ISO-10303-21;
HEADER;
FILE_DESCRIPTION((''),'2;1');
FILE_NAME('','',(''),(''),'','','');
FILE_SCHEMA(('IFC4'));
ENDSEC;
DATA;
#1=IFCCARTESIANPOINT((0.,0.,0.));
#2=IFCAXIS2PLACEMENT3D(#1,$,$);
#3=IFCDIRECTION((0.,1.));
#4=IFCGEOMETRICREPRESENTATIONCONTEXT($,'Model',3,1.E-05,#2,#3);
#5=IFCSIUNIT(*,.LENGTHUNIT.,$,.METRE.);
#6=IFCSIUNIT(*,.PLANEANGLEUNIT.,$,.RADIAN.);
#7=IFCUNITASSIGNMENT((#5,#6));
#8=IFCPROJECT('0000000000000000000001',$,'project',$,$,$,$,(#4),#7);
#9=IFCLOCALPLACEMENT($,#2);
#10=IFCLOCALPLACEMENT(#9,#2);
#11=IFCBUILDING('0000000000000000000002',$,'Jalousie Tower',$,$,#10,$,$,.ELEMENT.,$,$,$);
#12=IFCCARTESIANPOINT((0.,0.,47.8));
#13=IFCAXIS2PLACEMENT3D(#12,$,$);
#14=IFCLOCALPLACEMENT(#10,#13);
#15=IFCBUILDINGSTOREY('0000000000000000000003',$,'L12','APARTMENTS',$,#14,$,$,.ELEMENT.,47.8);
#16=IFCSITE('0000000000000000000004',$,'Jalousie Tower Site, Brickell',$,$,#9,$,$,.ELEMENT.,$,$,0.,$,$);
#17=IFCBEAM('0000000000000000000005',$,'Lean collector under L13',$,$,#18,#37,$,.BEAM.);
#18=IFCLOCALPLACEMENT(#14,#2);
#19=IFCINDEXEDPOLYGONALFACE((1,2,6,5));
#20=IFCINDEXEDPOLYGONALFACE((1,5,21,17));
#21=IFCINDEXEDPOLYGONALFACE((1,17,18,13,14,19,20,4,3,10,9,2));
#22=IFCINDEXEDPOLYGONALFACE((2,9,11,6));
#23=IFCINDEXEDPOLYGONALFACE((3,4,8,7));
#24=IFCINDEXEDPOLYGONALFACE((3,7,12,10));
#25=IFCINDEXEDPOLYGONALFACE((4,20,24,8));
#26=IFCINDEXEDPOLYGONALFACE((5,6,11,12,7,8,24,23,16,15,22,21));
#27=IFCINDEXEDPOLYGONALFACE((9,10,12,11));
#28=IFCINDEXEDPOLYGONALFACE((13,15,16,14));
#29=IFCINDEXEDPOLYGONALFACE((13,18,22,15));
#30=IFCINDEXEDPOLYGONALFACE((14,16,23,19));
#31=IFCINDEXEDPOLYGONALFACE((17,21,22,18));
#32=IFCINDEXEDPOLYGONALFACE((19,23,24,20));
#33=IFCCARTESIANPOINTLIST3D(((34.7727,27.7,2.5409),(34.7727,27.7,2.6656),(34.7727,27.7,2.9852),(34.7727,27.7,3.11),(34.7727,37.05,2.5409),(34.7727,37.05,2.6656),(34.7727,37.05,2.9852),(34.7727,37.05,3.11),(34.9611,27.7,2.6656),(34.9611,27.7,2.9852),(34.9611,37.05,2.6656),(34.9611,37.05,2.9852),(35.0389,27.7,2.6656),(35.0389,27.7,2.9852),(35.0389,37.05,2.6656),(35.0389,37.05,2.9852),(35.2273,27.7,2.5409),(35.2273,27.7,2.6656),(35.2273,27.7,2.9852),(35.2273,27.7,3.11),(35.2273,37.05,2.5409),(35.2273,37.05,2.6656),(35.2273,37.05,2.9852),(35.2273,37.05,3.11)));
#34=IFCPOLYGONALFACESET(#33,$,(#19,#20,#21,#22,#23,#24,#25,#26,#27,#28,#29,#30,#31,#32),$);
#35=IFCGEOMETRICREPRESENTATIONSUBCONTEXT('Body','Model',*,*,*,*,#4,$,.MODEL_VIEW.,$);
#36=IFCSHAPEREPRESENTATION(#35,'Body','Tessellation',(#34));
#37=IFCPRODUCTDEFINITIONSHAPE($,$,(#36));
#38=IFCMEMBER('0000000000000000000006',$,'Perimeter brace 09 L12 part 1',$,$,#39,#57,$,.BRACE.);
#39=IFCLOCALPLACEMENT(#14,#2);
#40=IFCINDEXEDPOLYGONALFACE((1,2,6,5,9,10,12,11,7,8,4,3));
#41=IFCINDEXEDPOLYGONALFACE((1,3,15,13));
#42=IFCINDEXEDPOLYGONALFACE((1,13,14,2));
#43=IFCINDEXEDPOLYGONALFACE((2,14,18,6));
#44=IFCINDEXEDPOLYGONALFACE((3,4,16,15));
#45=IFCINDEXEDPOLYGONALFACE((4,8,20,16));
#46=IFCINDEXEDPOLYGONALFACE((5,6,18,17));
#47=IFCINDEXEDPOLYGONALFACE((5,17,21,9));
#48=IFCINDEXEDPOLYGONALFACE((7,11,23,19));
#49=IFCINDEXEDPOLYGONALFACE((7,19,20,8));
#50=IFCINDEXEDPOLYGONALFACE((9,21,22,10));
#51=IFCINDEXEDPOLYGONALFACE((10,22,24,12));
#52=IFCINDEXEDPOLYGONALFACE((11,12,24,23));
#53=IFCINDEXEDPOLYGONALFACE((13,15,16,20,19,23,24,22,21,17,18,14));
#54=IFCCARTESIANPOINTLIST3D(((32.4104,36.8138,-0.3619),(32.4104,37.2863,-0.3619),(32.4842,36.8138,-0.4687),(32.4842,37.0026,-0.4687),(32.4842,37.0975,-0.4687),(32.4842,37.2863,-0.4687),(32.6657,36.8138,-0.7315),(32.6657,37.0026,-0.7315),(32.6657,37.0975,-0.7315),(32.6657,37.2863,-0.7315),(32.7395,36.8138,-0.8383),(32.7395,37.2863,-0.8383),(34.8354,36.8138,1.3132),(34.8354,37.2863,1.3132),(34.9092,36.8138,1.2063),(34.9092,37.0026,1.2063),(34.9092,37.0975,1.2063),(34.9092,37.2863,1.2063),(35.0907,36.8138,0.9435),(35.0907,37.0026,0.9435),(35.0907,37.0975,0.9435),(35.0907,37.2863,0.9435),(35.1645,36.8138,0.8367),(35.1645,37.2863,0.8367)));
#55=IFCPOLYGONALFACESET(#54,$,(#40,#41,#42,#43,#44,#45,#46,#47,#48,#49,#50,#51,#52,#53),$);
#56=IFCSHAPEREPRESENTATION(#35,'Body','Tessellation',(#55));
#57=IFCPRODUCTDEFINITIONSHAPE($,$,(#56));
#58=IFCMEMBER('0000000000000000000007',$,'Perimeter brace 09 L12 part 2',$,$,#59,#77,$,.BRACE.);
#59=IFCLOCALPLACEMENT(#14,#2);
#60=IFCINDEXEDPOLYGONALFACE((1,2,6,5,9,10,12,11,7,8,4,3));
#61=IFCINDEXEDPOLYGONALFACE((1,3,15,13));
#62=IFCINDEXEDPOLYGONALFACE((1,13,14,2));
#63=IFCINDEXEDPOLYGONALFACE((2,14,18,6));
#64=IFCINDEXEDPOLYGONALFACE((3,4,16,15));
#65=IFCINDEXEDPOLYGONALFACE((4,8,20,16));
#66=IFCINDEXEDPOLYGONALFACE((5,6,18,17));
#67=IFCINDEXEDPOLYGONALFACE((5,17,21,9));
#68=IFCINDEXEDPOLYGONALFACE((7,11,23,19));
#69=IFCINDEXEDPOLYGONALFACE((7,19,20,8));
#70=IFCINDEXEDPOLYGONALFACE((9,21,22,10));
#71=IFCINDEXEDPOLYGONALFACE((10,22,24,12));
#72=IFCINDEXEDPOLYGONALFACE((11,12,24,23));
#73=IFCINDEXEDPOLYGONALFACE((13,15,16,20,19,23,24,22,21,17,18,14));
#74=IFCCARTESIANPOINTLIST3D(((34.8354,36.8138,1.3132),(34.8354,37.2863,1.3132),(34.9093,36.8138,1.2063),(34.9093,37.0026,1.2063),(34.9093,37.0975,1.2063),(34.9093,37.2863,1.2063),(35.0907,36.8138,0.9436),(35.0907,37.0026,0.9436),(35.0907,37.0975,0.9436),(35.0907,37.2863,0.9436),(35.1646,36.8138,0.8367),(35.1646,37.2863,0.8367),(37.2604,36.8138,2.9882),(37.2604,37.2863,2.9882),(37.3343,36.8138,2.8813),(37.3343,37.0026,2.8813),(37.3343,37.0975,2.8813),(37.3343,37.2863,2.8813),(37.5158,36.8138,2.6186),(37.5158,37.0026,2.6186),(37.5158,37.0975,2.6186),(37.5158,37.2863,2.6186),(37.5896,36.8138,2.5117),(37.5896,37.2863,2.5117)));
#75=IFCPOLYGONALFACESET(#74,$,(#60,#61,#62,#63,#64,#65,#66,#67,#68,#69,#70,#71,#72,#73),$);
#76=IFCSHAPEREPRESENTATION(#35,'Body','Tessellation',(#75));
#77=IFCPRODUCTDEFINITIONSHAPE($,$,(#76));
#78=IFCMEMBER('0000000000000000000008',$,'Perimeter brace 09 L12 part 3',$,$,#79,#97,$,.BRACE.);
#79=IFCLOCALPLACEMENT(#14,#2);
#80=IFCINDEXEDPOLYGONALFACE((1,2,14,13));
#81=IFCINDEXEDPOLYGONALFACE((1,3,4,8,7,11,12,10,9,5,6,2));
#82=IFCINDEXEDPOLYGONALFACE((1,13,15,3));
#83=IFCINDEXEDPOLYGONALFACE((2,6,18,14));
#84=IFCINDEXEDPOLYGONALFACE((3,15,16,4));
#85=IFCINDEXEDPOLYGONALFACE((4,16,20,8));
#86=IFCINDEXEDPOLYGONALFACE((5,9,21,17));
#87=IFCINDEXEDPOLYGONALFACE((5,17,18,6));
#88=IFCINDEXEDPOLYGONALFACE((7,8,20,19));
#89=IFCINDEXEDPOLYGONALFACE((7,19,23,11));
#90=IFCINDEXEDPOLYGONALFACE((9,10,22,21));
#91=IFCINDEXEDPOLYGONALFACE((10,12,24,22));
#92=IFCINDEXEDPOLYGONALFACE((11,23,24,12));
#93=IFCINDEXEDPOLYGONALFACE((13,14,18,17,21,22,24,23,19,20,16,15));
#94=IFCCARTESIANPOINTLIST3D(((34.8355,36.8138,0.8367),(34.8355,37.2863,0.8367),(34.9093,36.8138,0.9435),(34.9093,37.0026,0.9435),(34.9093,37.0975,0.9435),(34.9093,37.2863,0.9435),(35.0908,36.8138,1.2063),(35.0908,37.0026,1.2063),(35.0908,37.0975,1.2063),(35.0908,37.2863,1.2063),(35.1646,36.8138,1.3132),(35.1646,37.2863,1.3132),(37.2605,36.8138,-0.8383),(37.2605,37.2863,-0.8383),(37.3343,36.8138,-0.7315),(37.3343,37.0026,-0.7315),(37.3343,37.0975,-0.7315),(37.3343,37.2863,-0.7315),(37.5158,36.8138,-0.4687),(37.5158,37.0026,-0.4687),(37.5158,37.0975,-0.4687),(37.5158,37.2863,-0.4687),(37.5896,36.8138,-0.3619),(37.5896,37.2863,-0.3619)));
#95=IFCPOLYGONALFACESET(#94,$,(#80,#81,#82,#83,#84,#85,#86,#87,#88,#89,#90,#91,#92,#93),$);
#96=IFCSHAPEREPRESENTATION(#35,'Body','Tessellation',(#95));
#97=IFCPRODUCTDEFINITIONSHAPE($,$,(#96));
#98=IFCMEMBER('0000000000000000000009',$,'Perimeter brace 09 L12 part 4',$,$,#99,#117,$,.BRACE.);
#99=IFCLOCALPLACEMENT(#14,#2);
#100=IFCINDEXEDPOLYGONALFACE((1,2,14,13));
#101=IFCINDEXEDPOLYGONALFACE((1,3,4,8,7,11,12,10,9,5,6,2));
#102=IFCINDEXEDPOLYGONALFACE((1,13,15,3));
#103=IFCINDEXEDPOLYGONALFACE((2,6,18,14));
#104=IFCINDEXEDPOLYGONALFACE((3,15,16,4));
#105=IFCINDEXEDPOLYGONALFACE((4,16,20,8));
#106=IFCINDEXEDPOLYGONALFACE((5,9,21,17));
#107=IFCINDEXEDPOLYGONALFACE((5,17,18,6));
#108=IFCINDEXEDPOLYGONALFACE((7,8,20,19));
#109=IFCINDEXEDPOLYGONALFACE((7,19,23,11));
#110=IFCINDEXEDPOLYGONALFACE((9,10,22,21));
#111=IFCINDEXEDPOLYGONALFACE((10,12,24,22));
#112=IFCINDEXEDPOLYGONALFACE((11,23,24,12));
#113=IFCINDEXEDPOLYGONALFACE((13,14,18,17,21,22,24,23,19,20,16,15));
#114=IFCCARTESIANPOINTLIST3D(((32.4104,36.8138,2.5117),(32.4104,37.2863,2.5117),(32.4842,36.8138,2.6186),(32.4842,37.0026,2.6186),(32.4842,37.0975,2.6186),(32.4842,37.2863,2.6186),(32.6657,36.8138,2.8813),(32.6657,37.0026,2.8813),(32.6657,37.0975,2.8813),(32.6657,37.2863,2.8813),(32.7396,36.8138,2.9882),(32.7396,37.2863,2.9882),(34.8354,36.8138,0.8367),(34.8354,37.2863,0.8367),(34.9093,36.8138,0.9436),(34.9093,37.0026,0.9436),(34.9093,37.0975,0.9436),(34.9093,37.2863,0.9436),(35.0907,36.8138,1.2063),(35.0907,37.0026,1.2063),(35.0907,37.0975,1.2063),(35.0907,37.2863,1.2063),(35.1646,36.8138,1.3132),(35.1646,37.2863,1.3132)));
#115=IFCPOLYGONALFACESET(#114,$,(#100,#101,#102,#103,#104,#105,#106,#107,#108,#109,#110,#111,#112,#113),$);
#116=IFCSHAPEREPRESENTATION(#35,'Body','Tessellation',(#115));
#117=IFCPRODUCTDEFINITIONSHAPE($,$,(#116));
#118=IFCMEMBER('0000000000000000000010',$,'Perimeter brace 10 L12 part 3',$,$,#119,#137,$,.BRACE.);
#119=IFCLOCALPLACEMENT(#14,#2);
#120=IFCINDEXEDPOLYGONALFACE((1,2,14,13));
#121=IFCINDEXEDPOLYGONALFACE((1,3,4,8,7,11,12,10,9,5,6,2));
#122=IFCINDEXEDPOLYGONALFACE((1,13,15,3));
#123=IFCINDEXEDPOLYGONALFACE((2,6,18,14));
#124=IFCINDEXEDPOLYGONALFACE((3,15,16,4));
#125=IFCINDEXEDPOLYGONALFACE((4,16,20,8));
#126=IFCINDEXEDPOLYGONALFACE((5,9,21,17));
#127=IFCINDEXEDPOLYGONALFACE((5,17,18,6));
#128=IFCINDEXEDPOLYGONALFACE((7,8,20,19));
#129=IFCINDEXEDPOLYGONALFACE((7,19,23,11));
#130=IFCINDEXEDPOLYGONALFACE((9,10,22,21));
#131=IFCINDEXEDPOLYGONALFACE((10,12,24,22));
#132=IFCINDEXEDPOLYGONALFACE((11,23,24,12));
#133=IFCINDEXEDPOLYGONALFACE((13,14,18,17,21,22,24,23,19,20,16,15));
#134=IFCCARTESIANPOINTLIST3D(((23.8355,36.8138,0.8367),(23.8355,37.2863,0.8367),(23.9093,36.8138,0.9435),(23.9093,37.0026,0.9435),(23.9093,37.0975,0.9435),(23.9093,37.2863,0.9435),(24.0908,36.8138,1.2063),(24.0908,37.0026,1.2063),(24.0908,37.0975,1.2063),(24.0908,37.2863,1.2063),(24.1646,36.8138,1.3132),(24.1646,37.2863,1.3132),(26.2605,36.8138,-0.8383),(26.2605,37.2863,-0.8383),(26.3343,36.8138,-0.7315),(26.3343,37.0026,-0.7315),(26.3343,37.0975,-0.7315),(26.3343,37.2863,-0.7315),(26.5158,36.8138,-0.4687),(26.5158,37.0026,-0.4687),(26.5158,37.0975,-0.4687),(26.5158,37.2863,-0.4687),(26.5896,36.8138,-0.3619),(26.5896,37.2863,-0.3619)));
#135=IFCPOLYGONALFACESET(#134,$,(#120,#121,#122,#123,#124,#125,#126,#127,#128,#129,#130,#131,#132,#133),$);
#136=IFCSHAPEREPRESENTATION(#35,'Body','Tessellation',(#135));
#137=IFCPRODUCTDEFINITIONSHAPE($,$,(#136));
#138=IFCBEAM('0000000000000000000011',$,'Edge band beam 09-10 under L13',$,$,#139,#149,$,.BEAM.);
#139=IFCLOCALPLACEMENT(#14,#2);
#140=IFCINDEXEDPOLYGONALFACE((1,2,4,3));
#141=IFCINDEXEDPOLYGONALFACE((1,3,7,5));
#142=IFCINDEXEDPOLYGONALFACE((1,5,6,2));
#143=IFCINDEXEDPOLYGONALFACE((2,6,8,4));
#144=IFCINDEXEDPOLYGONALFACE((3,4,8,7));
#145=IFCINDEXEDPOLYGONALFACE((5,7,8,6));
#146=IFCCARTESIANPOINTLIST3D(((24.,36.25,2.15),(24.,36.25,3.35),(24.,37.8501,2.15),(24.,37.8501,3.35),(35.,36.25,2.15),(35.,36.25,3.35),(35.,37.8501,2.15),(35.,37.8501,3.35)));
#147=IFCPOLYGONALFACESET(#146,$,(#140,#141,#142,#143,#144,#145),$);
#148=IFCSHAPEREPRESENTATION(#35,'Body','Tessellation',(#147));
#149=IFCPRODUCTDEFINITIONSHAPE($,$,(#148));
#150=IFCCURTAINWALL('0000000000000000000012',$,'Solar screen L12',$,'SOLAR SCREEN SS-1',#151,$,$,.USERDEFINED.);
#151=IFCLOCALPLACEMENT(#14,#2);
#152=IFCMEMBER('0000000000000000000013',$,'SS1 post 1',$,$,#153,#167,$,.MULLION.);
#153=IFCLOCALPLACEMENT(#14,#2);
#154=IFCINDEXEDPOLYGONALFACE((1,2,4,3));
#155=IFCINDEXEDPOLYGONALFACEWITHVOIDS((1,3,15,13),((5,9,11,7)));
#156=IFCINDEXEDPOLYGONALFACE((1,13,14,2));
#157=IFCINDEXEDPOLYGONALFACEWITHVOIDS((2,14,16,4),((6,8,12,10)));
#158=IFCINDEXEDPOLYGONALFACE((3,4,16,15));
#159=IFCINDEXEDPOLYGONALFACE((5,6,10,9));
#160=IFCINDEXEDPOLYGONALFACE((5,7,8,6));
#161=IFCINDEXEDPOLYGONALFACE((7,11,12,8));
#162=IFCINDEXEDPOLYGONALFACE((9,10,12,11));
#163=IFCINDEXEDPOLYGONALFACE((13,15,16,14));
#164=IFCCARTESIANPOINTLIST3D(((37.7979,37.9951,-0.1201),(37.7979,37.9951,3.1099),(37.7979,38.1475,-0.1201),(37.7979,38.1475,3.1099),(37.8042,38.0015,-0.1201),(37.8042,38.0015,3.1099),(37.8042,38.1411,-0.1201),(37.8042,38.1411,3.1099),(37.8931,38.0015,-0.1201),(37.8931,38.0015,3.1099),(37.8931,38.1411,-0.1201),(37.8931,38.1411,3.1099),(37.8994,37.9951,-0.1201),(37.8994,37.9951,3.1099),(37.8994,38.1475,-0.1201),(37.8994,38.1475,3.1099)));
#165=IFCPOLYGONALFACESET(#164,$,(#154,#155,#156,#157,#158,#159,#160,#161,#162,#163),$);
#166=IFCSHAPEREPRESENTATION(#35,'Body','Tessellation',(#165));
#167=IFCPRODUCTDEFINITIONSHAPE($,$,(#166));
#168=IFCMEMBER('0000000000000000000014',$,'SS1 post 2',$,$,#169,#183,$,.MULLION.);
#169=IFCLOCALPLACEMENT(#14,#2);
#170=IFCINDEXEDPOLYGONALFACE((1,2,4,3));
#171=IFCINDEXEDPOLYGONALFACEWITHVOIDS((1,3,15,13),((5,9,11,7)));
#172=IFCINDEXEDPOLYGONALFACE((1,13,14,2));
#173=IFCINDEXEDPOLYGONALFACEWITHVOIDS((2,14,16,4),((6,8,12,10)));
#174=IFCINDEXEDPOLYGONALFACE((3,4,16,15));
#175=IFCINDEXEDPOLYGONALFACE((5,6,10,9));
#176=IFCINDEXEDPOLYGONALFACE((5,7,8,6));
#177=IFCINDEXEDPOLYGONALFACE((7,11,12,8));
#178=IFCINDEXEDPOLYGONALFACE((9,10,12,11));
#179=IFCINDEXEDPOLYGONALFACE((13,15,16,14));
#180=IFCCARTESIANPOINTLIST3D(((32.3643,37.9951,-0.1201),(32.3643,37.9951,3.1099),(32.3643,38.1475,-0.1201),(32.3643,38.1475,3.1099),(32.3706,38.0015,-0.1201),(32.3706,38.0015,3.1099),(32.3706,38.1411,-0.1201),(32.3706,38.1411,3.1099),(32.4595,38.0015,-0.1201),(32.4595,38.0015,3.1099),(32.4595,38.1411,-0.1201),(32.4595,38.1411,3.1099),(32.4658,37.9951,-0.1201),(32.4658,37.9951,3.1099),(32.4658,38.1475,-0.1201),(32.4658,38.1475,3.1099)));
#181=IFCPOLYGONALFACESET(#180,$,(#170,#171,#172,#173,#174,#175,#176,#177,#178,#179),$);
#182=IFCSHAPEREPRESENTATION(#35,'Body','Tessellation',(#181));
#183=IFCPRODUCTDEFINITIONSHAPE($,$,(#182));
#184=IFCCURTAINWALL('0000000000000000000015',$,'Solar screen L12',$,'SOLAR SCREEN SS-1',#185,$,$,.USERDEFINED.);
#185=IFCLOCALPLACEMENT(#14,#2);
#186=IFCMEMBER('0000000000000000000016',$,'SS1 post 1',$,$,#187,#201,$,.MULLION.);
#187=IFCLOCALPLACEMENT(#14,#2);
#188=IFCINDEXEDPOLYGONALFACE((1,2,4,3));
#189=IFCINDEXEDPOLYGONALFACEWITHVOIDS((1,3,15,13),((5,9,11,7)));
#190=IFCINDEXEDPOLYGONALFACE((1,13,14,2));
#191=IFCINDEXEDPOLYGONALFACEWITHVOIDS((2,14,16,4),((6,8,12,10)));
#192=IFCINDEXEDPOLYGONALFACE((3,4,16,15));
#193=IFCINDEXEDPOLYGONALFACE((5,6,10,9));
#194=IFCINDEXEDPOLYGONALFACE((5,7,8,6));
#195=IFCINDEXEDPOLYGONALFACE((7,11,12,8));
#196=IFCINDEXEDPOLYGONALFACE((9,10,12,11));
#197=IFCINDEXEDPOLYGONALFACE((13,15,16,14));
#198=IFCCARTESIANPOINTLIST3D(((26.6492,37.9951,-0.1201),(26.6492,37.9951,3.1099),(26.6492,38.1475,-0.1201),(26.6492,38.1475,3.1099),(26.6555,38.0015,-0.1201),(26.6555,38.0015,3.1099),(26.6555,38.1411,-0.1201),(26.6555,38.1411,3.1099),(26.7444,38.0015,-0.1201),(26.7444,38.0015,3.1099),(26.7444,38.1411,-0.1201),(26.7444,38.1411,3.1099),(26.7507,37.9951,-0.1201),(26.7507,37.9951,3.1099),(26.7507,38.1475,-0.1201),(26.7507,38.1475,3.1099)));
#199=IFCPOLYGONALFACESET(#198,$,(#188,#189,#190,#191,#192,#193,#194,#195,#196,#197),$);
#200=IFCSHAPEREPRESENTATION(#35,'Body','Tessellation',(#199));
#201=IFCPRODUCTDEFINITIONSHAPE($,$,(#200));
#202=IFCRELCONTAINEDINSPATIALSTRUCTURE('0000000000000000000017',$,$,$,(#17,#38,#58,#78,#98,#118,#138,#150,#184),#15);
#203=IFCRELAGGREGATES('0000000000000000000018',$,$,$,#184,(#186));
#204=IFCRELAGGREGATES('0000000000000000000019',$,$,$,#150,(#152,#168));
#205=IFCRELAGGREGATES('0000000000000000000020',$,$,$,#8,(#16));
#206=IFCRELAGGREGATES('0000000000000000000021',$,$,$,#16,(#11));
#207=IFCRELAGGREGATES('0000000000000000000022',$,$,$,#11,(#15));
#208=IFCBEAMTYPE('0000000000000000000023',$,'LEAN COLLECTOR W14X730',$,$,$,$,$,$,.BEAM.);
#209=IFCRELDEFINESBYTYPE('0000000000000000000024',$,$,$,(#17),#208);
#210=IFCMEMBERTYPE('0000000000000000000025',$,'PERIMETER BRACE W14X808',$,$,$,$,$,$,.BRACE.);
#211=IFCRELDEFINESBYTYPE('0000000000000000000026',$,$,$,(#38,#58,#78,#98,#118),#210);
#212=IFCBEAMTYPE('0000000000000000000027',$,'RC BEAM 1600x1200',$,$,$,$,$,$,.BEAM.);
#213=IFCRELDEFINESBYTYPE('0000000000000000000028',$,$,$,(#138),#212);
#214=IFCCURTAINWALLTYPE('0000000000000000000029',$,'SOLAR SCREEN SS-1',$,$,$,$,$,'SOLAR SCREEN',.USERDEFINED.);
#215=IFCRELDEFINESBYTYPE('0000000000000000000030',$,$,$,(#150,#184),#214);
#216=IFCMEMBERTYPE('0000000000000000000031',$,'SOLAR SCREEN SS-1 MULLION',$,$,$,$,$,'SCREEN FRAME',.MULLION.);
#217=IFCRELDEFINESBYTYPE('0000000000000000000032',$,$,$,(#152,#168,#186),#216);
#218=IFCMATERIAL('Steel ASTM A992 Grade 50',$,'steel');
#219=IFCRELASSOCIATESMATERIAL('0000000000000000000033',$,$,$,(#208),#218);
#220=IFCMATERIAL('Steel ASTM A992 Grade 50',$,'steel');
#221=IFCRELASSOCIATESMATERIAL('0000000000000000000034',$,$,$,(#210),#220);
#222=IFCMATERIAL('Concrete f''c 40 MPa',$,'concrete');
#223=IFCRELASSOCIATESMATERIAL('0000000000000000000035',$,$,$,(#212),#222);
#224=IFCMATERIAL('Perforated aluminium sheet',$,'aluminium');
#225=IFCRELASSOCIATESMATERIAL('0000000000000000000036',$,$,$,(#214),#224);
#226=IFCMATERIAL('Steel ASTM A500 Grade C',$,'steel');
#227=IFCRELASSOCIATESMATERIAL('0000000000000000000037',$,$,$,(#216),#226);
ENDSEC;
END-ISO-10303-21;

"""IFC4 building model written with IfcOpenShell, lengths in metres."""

from ifc_helpers import new_model, si_unit, direction, frame, origin, origin_2d, place, context, subcontext, project, spatial, rectangle, hollow_rectangle, i_section, extrude, material, material_profile, profile_set, type_object, element, aggregate, save


model = new_model("IFC4")

# Units and contexts
model_context = context("Model", 3, precision=1e-05, world=origin(), true_north=direction((0.0, 1.0)))
body_context = subcontext(model_context, "Body", "Model", "MODEL_VIEW")
ifc_project = project(units=[si_unit("LENGTHUNIT", "METRE"), si_unit("PLANEANGLEUNIT", "RADIAN")], contexts=[model_context])

# Site, building, storey
site_placement = place(None, origin())
site = spatial("IfcSite", under=ifc_project, at=site_placement, Name="Jalousie Tower Site, Brickell", CompositionType="ELEMENT", RefElevation=0.0)
building_placement = place(site_placement, origin())
building = spatial("IfcBuilding", under=site, at=building_placement, Name="Jalousie Tower", CompositionType="ELEMENT")
storey_placement = place(building_placement, frame((0.0, 0.0, 47.8)))
storey = spatial("IfcBuildingStorey", under=building, at=storey_placement, Name="L12", Description="APARTMENTS", CompositionType="ELEMENT", Elevation=47.8)

# Beam
ifc_material_1 = material(Name="Steel ASTM A992 Grade 50", Category="steel")
ifc_material_profile_1 = material_profile(ifc_material_1, i_section(OverallWidth=0.4546, OverallDepth=0.5691, WebThickness=0.0779, FlangeThickness=0.1248, at=origin_2d()), Name="W14X730")
ifc_profile_set_1 = profile_set([ifc_material_profile_1], Name="Steel ASTM A992 Grade 50")
beam_type_1 = type_object("IfcBeamType", Name="LEAN COLLECTOR W14X730", PredefinedType="BEAM", material=ifc_profile_set_1)
beam_1_placement = place(storey_placement, frame((35.0, 37.05, 2.8254), z_axis=(0.0, -1.0, 0.0), x_axis=(1.0, 0.0, 0.0)))
element("IfcBeam", 1, at=beam_1_placement, inside=storey, type_object=beam_type_1, Name="Lean collector under L13", PredefinedType="BEAM", context=body_context, shape_type="SweptSolid", body=[
    extrude(i_section(OverallWidth=0.4546, OverallDepth=0.5691, WebThickness=0.0779, FlangeThickness=0.1248, at=origin_2d()), origin(), (0.0, 0.0, 1.0), 9.3501),
])

# Members
ifc_material_2 = material(Name="Steel ASTM A992 Grade 50", Category="steel")
ifc_material_profile_2 = material_profile(ifc_material_2, i_section(OverallWidth=0.4724, OverallDepth=0.5791, WebThickness=0.095, FlangeThickness=0.1299, at=origin_2d()), Name="W14X808")
ifc_profile_set_2 = profile_set([ifc_material_profile_2], Name="Steel ASTM A992 Grade 50")
member_type_1 = type_object("IfcMemberType", Name="PERIMETER BRACE W14X808", PredefinedType="BRACE", material=ifc_profile_set_2)
for number, where, z_axis, x_axis, name in (
    (2, (32.575, 37.05, -0.6001), (0.8228, 0.0, 0.568331), (0.0, 1.0, 0.0), "Perimeter brace 09 L12 part 1"),
    (3, (35.0, 37.05, 1.075), (0.8228, 0.0, 0.568331), (0.0, 1.0, 0.0), "Perimeter brace 09 L12 part 2"),
    (4, (37.425, 37.05, -0.6001), (-0.8228, 0.0, 0.568331), (0.0, -1.0, 0.0), "Perimeter brace 09 L12 part 3"),
    (5, (35.0, 37.05, 1.075), (-0.8228, 0.0, 0.568331), (0.0, -1.0, 0.0), "Perimeter brace 09 L12 part 4"),
    (6, (26.425, 37.05, -0.6001), (-0.8228, 0.0, 0.568331), (0.0, -1.0, 0.0), "Perimeter brace 10 L12 part 3"),
):
    element("IfcMember", number, at=place(storey_placement, frame(where, z_axis=z_axis, x_axis=x_axis)), inside=storey, type_object=member_type_1, Name=name, PredefinedType="BRACE", context=body_context, shape_type="SweptSolid", body=[
        extrude(i_section(OverallWidth=0.4724, OverallDepth=0.5791, WebThickness=0.095, FlangeThickness=0.1299, at=origin_2d()), origin(), (0.0, 0.0, 1.0), 2.9473),
    ])

# Beam
ifc_material_3 = material(Name="Concrete f'c 40 MPa", Category="concrete")
ifc_material_profile_3 = material_profile(ifc_material_3, rectangle(XDim=1.6001, YDim=1.2, at=origin_2d()), Name="RC 1600x1200")
ifc_profile_set_3 = profile_set([ifc_material_profile_3], Name="Concrete f'c 40 MPa")
beam_type_2 = type_object("IfcBeamType", Name="RC BEAM 1600x1200", PredefinedType="BEAM", material=ifc_profile_set_3)
beam_2_placement = place(storey_placement, frame((35.0, 37.05, 2.75), z_axis=(-1.0, 0.0, 0.0), x_axis=(0.0, -1.0, 0.0)))
element("IfcBeam", 7, at=beam_2_placement, inside=storey, type_object=beam_type_2, Name="Edge band beam 09-10 under L13", PredefinedType="BEAM", context=body_context, shape_type="SweptSolid", body=[
    extrude(rectangle(XDim=1.6001, YDim=1.2, at=origin_2d()), origin(), (0.0, 0.0, 1.0), 11.0),
])

# Curtain wall, members
ifc_material_4 = material(Name="Perforated aluminium sheet", Category="aluminium")
curtain_wall_type = type_object("IfcCurtainWallType", Name="SOLAR SCREEN SS-1", ElementType="SOLAR SCREEN", PredefinedType="USERDEFINED", material=ifc_material_4)
curtain_wall_1_placement = place(storey_placement, origin())
curtain_wall_1 = element("IfcCurtainWall", 8, at=curtain_wall_1_placement, inside=storey, type_object=curtain_wall_type, Name="Solar screen L12", ObjectType="SOLAR SCREEN SS-1", PredefinedType="USERDEFINED")
ifc_material_5 = material(Name="Steel ASTM A500 Grade C", Category="steel")
ifc_material_profile_4 = material_profile(ifc_material_5, hollow_rectangle(XDim=0.1016, YDim=0.1523, WallThickness=0.0063, at=origin_2d()), Name="HSS6X4X1/4")
ifc_profile_set_4 = profile_set([ifc_material_profile_4], Name="Steel ASTM A500 Grade C")
member_type_2 = type_object("IfcMemberType", Name="SOLAR SCREEN SS-1 MULLION", ElementType="SCREEN FRAME", PredefinedType="MULLION", material=ifc_profile_set_4)
member_1_placement = place(storey_placement, frame((37.8486, 38.0713, -0.1201), z_axis=(0.0, 0.0, 1.0), x_axis=(-1.0, 0.0, 0.0)))
member_1 = element("IfcMember", 9, at=member_1_placement, type_object=member_type_2, Name="SS1 post 1", PredefinedType="MULLION", context=body_context, shape_type="SweptSolid", body=[
    extrude(hollow_rectangle(XDim=0.1016, YDim=0.1523, WallThickness=0.0063, at=origin_2d()), origin(), (0.0, 0.0, 1.0), 3.23),
])
member_2_placement = place(storey_placement, frame((32.415, 38.0713, -0.1201), z_axis=(0.0, 0.0, 1.0), x_axis=(-1.0, 0.0, 0.0)))
member_2 = element("IfcMember", 10, at=member_2_placement, type_object=member_type_2, Name="SS1 post 2", PredefinedType="MULLION", context=body_context, shape_type="SweptSolid", body=[
    extrude(hollow_rectangle(XDim=0.1016, YDim=0.1523, WallThickness=0.0063, at=origin_2d()), origin(), (0.0, 0.0, 1.0), 3.23),
])

# Curtain wall, member
curtain_wall_2_placement = place(storey_placement, origin())
curtain_wall_2 = element("IfcCurtainWall", 11, at=curtain_wall_2_placement, inside=storey, type_object=curtain_wall_type, Name="Solar screen L12", ObjectType="SOLAR SCREEN SS-1", PredefinedType="USERDEFINED")
member_3_placement = place(storey_placement, frame((26.7, 38.0713, -0.1201), z_axis=(0.0, 0.0, 1.0), x_axis=(-1.0, 0.0, 0.0)))
member_3 = element("IfcMember", 12, at=member_3_placement, type_object=member_type_2, Name="SS1 post 1", PredefinedType="MULLION", context=body_context, shape_type="SweptSolid", body=[
    extrude(hollow_rectangle(XDim=0.1016, YDim=0.1523, WallThickness=0.0063, at=origin_2d()), origin(), (0.0, 0.0, 1.0), 3.23),
])

aggregate(curtain_wall_2, [member_3])

aggregate(curtain_wall_1, [member_1, member_2])

save(model, "model.ifc")
